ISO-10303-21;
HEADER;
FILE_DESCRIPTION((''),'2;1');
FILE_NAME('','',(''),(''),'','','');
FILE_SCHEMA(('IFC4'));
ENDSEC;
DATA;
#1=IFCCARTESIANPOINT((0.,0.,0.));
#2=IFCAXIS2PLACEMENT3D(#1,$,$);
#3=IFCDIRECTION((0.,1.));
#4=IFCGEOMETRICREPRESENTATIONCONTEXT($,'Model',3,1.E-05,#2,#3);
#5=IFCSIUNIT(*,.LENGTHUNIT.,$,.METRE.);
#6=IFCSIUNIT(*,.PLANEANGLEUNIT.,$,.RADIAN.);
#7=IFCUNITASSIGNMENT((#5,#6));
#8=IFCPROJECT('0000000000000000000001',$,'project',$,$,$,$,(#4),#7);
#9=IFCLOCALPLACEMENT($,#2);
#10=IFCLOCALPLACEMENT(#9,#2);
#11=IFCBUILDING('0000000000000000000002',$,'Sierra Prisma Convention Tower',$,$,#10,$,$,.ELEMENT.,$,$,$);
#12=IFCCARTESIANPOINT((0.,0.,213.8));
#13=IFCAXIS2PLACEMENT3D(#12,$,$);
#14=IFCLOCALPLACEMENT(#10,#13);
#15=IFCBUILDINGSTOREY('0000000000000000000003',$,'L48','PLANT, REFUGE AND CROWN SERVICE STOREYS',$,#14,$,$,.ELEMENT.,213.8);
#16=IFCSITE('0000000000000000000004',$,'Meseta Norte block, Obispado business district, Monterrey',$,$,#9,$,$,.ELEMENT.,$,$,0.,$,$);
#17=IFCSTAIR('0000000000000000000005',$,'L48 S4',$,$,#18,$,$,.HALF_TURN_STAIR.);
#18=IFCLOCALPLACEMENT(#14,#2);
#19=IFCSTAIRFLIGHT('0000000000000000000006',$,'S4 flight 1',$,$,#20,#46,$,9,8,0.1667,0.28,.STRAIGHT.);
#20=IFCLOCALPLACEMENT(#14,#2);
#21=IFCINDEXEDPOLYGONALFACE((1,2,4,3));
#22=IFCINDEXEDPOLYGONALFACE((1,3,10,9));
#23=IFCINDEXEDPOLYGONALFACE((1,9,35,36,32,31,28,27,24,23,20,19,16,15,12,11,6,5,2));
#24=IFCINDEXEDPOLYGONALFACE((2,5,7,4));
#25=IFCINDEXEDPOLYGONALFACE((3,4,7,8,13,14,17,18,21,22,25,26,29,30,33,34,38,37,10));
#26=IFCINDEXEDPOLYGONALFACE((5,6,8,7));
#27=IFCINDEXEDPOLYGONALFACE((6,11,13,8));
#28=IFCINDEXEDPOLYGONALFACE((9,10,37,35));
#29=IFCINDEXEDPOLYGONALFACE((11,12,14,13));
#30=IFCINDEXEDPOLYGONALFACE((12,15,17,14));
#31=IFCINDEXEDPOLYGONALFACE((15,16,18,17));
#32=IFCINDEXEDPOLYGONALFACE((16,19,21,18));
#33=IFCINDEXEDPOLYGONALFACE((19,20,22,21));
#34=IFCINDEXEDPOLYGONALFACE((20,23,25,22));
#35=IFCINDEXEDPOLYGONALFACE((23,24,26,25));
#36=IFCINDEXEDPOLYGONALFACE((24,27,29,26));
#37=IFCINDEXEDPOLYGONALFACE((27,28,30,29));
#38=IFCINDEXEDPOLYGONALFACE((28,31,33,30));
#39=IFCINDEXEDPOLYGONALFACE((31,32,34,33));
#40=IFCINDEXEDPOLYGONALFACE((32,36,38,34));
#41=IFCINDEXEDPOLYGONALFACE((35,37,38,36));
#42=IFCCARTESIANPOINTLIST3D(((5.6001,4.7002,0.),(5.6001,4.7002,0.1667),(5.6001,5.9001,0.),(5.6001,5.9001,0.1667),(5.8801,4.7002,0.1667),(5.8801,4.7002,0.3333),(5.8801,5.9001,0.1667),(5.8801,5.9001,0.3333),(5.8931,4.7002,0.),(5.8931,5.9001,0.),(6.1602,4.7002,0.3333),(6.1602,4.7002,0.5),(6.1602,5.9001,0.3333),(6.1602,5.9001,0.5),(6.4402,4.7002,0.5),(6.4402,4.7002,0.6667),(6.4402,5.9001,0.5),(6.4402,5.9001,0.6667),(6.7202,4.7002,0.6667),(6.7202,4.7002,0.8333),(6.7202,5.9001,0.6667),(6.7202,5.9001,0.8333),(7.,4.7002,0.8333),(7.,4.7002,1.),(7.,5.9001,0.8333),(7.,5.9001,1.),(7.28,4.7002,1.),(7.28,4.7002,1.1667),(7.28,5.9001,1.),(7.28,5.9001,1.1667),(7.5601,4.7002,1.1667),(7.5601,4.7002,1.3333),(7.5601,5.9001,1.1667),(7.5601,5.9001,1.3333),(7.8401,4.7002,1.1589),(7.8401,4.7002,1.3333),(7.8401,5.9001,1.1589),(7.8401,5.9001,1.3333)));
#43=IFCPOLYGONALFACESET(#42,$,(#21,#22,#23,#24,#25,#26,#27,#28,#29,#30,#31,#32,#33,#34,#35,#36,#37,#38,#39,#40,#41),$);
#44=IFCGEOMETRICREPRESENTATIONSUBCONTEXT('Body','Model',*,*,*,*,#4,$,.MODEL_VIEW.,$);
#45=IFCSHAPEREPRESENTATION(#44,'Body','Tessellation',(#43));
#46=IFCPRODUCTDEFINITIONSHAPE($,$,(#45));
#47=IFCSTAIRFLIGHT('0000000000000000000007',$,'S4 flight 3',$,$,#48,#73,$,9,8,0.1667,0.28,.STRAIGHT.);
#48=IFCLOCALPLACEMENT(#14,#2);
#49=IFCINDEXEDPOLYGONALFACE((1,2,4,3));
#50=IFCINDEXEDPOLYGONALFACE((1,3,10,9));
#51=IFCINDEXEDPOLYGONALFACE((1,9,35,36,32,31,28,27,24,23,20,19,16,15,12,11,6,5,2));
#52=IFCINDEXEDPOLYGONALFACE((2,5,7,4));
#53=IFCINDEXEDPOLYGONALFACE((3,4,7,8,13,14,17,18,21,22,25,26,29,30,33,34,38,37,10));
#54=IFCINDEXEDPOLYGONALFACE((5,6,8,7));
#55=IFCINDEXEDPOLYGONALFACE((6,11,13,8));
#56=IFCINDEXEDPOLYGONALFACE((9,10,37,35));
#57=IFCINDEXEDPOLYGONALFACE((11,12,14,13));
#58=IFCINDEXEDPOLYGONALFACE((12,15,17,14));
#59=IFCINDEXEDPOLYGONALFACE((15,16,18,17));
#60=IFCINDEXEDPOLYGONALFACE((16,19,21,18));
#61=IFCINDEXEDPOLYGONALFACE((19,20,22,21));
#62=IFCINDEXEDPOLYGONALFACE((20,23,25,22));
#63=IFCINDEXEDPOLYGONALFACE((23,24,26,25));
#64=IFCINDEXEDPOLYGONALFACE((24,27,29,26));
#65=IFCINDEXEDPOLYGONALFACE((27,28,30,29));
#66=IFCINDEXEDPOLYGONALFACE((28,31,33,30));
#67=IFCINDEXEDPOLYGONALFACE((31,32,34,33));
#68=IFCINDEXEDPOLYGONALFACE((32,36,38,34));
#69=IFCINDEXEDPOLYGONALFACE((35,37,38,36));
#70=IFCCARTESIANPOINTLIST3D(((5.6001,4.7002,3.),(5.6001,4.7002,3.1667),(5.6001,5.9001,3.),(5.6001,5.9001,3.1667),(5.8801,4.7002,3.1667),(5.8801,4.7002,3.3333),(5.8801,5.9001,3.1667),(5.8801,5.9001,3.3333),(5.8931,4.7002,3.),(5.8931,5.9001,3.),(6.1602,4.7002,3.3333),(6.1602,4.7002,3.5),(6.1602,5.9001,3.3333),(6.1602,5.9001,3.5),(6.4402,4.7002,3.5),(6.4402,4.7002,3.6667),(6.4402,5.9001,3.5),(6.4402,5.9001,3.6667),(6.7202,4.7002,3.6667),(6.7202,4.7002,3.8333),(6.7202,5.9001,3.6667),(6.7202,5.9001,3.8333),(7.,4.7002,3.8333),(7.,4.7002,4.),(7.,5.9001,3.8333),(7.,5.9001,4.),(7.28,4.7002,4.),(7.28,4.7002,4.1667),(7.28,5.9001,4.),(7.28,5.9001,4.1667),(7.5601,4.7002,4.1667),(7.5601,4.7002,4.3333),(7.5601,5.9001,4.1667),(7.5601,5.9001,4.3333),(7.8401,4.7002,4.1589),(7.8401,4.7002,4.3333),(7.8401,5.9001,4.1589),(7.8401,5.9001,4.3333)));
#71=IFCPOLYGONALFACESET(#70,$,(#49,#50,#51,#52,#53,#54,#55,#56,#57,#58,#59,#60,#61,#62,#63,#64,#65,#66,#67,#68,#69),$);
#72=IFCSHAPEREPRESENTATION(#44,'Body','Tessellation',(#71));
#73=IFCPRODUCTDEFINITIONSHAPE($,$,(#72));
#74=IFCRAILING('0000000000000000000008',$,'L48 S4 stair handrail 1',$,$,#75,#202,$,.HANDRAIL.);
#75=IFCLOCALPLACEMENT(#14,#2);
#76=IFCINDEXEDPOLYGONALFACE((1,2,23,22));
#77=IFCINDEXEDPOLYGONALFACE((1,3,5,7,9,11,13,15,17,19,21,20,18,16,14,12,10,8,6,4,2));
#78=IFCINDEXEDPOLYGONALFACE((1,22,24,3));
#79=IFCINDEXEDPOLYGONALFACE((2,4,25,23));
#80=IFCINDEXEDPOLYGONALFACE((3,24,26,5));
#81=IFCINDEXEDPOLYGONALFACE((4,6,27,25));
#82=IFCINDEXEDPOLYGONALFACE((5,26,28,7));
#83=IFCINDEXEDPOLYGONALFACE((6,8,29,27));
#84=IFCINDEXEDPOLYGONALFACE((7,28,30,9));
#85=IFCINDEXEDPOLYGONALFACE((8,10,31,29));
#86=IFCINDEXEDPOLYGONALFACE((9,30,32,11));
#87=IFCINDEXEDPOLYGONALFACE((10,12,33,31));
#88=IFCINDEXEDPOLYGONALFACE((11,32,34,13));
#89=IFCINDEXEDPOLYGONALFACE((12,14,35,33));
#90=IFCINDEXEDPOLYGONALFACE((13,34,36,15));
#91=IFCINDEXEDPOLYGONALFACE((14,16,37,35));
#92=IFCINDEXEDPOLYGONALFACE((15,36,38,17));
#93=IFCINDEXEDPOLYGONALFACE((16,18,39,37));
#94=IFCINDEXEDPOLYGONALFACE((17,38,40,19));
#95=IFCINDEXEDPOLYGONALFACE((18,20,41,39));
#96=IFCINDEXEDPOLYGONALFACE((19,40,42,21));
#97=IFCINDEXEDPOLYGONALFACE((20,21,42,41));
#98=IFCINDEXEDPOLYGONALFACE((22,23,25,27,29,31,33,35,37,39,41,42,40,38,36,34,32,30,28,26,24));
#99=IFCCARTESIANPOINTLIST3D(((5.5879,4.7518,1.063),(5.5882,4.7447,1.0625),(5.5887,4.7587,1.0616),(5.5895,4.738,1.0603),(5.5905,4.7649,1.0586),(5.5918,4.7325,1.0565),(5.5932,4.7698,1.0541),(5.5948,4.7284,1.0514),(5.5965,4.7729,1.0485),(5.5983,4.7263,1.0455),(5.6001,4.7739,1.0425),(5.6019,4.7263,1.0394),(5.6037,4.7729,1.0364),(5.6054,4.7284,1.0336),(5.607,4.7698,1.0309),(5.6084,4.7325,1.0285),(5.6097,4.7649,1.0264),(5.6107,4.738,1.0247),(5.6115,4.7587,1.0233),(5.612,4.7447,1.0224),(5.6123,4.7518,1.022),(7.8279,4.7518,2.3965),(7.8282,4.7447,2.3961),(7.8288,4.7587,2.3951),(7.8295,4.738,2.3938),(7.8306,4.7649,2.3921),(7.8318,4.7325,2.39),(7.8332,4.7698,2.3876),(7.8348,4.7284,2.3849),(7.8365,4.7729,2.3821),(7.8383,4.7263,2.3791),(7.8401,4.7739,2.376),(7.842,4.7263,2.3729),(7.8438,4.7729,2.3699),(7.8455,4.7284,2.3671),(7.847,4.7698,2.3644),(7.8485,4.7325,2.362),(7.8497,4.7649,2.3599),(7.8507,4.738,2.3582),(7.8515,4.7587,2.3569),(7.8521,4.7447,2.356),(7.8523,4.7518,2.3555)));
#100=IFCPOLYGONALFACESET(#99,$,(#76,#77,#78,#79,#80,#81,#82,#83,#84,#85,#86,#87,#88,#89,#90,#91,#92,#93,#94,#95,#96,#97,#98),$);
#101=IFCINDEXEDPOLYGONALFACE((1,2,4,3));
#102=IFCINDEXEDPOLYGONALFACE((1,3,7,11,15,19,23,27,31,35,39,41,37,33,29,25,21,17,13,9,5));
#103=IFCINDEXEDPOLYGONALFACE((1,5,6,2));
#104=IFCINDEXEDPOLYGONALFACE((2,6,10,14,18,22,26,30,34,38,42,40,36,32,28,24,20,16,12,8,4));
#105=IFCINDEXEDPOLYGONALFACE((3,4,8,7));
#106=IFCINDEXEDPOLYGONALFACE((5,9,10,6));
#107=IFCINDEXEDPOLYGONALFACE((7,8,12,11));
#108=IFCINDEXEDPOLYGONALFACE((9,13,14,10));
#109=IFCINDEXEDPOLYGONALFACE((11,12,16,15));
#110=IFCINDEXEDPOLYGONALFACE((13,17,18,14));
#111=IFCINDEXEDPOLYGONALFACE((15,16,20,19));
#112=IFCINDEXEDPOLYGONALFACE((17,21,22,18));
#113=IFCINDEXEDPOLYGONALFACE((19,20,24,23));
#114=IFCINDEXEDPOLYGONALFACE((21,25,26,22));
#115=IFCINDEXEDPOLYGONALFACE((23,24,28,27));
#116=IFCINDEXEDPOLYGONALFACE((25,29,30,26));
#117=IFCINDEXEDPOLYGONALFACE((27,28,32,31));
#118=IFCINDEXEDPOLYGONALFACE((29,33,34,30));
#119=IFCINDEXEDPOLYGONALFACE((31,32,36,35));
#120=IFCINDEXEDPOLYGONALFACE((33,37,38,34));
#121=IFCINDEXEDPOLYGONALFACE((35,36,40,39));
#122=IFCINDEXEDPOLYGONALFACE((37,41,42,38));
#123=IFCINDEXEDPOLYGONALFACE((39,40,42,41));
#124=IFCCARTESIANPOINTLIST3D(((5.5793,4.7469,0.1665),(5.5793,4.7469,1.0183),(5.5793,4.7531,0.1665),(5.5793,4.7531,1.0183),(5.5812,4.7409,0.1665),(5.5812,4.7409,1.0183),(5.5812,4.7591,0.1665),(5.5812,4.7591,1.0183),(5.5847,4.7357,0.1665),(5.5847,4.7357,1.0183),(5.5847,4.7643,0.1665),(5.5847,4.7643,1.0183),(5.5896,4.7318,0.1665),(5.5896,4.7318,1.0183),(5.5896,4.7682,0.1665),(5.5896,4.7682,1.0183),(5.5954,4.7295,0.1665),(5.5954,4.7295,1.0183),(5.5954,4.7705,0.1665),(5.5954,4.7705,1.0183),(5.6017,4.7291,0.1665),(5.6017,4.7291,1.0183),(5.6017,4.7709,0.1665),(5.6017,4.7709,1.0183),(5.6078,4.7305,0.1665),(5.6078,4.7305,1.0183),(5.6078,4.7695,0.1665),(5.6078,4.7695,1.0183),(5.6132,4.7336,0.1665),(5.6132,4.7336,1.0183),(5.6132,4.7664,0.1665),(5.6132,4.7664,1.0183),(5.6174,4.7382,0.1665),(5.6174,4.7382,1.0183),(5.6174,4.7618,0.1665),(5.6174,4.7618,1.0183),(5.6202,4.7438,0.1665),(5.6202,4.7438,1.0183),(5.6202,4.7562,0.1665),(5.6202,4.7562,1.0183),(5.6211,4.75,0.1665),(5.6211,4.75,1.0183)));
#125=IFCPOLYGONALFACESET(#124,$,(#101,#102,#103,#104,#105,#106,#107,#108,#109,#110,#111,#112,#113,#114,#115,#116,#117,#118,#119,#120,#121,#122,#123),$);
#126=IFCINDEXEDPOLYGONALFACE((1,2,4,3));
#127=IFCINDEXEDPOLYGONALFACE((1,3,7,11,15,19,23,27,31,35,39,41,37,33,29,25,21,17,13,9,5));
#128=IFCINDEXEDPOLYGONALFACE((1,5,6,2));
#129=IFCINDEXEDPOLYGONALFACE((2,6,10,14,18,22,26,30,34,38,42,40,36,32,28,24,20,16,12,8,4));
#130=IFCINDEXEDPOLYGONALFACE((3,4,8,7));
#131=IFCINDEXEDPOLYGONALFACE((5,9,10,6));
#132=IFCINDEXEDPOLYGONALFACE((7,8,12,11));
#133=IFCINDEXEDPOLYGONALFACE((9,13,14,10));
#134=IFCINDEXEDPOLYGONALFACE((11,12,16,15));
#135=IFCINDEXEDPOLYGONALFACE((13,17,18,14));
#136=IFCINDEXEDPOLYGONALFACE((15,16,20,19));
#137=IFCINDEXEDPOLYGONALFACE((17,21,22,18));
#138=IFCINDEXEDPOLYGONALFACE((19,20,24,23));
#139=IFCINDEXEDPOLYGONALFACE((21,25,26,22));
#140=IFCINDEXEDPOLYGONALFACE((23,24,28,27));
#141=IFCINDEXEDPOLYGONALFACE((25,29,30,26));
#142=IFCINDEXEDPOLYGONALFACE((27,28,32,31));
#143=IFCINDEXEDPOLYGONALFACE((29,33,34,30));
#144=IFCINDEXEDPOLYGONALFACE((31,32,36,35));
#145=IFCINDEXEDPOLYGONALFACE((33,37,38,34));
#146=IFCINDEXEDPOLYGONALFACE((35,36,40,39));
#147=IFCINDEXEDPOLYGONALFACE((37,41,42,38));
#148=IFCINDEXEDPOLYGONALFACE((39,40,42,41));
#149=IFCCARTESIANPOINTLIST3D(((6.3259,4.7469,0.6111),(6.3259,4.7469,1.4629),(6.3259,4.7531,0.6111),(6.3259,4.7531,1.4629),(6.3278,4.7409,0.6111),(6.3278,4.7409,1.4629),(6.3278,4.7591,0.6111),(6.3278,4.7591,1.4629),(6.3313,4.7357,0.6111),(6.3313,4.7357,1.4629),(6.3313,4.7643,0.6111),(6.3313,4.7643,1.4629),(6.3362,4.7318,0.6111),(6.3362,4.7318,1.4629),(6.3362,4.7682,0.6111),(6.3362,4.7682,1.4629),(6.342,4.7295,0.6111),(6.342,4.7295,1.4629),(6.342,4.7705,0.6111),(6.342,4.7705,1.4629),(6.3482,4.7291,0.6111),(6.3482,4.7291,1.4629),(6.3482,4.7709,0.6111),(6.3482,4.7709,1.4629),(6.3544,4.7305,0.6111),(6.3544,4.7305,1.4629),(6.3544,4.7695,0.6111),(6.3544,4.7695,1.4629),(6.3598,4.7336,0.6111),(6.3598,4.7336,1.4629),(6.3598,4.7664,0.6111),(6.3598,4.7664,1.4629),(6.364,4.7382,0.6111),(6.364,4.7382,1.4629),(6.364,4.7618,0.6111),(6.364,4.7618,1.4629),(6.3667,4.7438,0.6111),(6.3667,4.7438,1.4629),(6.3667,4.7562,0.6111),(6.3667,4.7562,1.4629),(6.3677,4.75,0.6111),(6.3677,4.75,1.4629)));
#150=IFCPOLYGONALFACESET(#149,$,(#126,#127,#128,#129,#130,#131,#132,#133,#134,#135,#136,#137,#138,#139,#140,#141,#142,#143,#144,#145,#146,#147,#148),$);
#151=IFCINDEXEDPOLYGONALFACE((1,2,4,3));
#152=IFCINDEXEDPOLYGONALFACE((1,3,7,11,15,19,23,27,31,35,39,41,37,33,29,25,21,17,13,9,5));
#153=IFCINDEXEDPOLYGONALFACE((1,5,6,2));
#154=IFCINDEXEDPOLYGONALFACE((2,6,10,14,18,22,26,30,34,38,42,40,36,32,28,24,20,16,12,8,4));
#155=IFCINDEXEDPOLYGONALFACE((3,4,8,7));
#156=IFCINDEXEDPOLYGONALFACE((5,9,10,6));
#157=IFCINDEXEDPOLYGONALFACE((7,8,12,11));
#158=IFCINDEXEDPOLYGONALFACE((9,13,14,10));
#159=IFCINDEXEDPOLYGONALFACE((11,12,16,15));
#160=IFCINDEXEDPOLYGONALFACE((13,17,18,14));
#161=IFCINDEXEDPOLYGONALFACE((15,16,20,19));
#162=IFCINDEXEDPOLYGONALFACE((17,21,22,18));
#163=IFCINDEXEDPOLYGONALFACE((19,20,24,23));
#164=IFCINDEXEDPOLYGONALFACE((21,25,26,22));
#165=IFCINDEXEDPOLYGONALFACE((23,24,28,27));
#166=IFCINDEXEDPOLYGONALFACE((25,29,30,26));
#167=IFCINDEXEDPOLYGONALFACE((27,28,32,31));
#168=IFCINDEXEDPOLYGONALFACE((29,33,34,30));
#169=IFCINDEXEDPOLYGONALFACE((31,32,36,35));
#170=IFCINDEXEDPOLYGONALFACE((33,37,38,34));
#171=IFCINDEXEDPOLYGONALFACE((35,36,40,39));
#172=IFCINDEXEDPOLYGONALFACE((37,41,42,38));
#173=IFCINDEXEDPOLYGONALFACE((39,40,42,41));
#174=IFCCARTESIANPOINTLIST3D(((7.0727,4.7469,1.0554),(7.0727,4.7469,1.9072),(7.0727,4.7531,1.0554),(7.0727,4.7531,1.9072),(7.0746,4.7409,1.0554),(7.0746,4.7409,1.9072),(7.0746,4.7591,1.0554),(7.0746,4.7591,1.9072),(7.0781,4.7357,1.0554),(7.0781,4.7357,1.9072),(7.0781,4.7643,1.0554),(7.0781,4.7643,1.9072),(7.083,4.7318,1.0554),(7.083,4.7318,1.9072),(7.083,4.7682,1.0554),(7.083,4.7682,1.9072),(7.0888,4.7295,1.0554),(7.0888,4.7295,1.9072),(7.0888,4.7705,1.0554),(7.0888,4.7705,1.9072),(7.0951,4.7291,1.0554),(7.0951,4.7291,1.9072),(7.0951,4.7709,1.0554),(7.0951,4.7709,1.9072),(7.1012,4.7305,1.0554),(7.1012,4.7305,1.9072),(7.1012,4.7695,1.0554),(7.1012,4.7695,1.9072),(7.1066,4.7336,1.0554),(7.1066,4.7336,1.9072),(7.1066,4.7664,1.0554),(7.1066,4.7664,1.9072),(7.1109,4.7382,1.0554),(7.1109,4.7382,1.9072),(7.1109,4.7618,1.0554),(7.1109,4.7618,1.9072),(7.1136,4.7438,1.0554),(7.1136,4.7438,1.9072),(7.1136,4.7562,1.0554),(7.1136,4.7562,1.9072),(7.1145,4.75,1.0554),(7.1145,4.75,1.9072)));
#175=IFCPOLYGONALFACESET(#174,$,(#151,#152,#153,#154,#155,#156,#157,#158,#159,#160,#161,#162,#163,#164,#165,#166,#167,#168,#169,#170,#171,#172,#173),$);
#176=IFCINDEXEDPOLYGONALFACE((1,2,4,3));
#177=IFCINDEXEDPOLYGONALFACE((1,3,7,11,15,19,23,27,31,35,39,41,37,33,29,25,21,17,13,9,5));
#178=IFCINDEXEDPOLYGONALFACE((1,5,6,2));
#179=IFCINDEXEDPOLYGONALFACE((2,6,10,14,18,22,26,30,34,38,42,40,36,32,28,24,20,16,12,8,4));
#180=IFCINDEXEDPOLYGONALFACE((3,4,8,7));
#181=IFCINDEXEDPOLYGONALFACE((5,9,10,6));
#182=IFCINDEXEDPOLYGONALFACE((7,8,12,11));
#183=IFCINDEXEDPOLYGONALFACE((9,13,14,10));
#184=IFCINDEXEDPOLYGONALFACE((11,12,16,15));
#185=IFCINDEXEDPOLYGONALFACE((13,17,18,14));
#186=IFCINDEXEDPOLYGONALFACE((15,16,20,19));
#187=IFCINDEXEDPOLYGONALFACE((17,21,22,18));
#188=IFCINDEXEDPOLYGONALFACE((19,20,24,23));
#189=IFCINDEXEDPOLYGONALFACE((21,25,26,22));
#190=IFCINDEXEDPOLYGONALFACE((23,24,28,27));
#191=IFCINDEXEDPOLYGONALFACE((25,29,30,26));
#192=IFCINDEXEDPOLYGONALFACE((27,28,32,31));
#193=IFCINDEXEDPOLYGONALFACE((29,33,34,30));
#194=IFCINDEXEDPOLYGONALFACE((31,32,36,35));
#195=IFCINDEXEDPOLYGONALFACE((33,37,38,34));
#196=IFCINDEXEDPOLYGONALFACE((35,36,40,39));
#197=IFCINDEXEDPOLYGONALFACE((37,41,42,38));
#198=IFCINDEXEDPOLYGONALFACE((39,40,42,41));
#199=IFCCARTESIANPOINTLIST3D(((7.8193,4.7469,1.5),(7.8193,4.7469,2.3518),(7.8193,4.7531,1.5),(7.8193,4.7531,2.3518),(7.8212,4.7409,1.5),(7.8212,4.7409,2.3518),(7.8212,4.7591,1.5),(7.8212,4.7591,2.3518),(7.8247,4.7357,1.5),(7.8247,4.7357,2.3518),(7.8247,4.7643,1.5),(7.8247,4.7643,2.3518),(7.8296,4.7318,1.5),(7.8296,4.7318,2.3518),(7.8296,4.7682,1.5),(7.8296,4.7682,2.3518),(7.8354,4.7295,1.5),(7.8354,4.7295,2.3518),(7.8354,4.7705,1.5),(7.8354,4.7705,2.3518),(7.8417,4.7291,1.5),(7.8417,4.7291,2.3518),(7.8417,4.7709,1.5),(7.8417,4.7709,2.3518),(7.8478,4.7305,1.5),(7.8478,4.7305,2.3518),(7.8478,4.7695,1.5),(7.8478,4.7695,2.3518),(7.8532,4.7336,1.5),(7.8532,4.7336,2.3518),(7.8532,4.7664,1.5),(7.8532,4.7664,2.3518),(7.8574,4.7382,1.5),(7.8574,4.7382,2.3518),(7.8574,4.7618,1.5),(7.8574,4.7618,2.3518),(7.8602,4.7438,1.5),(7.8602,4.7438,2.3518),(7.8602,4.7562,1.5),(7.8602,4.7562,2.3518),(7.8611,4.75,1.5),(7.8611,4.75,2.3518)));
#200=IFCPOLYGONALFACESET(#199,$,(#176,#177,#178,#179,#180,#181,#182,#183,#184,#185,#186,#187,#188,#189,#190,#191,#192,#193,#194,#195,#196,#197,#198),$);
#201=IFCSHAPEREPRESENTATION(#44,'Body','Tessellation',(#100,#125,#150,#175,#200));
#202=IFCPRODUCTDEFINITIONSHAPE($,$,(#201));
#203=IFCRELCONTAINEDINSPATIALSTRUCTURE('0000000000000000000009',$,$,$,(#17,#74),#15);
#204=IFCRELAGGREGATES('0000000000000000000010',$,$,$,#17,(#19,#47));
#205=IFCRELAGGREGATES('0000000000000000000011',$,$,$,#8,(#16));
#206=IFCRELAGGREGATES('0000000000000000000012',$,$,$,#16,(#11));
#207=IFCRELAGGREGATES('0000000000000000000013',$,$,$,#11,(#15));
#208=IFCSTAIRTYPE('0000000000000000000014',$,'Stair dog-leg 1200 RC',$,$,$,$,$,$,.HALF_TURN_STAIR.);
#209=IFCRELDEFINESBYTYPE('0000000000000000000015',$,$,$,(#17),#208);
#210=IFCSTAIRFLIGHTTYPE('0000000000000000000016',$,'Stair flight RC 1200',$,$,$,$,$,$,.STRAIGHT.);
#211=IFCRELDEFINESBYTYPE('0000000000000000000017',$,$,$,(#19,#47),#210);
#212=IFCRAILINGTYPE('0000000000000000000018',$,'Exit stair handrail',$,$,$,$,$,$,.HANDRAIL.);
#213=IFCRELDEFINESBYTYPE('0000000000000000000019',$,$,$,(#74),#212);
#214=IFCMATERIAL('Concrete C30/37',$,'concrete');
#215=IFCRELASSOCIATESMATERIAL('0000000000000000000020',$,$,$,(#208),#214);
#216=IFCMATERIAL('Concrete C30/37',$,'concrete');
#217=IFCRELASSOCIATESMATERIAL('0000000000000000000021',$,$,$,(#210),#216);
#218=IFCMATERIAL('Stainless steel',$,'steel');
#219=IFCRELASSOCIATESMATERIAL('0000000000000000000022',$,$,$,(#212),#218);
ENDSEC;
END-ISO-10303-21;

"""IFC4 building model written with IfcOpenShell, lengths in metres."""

from ifc_helpers import new_model, si_unit, direction, frame, origin, origin_2d, place, context, subcontext, project, spatial, polyline, circle, outline, extrude, material, type_object, element, aggregate, save


model = new_model("IFC4")

# Units and contexts
model_context = context("Model", 3, precision=1e-05, world=origin(), true_north=direction((0.0, 1.0)))
body_context = subcontext(model_context, "Body", "Model", "MODEL_VIEW")
ifc_project = project(units=[si_unit("LENGTHUNIT", "METRE"), si_unit("PLANEANGLEUNIT", "RADIAN")], contexts=[model_context])

# Site, building, storey
site_placement = place(None, origin())
site = spatial("IfcSite", under=ifc_project, at=site_placement, Name="Meseta Norte block, Obispado business district, Monterrey", CompositionType="ELEMENT", RefElevation=0.0)
building_placement = place(site_placement, origin())
building = spatial("IfcBuilding", under=site, at=building_placement, Name="Sierra Prisma Convention Tower", CompositionType="ELEMENT")
storey_placement = place(building_placement, frame((0.0, 0.0, 213.8)))
storey = spatial("IfcBuildingStorey", under=building, at=storey_placement, Name="L48", Description="PLANT, REFUGE AND CROWN SERVICE STOREYS", CompositionType="ELEMENT", Elevation=213.8)

# Shared definitions
ifc_material_1 = material(Name="Concrete C30/37", Category="concrete")
stair_type = type_object("IfcStairType", Name="Stair dog-leg 1200 RC", PredefinedType="HALF_TURN_STAIR", material=ifc_material_1)

# Stair
stair_1_placement = place(storey_placement, origin())
stair_1 = element("IfcStair", 1, at=stair_1_placement, inside=storey, type_object=stair_type, Name="L48 S4", PredefinedType="HALF_TURN_STAIR")

# Stair flights
ifc_material_2 = material(Name="Concrete C30/37", Category="concrete")
stair_flight_type = type_object("IfcStairFlightType", Name="Stair flight RC 1200", PredefinedType="STRAIGHT", material=ifc_material_2)
stair_flight_1_placement = place(storey_placement, frame((5.6001, 5.3, 0.0), z_axis=(0.0, 0.0, 1.0), x_axis=(1.0, 0.0, 0.0)))
stair_flight_1 = element("IfcStairFlight", 2, at=stair_flight_1_placement, type_object=stair_flight_type, Name="S4 flight 1", NumberOfRisers=9, NumberOfTreads=8, PredefinedType="STRAIGHT", RiserHeight=0.1667, TreadLength=0.28, context=body_context, shape_type="SweptSolid", body=[
    extrude(outline(polyline([(0.0, 0.0), (0.0, 0.1667), (0.28, 0.1667), (0.28, 0.3333), (0.5601, 0.3333), (0.5601, 0.5), (0.8401, 0.5), (0.8401, 0.6667), (1.1201, 0.6667), (1.1201, 0.8333), (1.3999, 0.8333), (1.3999, 1.0), (1.6799, 1.0), (1.6799, 1.1667), (1.96, 1.1667), (1.96, 1.3333), (2.24, 1.3333), (2.24, 1.5), (2.24, 1.1589), (0.293, 0.0), (0.0, 0.0)])), frame((0.0, 0.6001, 0.0), z_axis=(0.0, -1.0, 0.0), x_axis=(1.0, 0.0, 0.0)), (0.0, 0.0, 1.0), 1.2),
])
stair_flight_2_placement = place(storey_placement, frame((5.6001, 5.3, 3.0), z_axis=(0.0, 0.0, 1.0), x_axis=(1.0, 0.0, 0.0)))
stair_flight_2 = element("IfcStairFlight", 3, at=stair_flight_2_placement, type_object=stair_flight_type, Name="S4 flight 3", NumberOfRisers=9, NumberOfTreads=8, PredefinedType="STRAIGHT", RiserHeight=0.1667, TreadLength=0.28, context=body_context, shape_type="SweptSolid", body=[
    extrude(outline(polyline([(0.0, 0.0), (0.0, 0.1667), (0.28, 0.1667), (0.28, 0.3333), (0.5601, 0.3333), (0.5601, 0.5), (0.8401, 0.5), (0.8401, 0.6667), (1.1201, 0.6667), (1.1201, 0.8333), (1.3999, 0.8333), (1.3999, 1.0), (1.6799, 1.0), (1.6799, 1.1667), (1.96, 1.1667), (1.96, 1.3333), (2.24, 1.3333), (2.24, 1.5), (2.24, 1.1589), (0.293, 0.0), (0.0, 0.0)])), frame((0.0, 0.6001, 0.0), z_axis=(0.0, -1.0, 0.0), x_axis=(1.0, 0.0, 0.0)), (0.0, 0.0, 1.0), 1.2),
])
aggregate(stair_1, [stair_flight_1, stair_flight_2])

# Railing
ifc_material_3 = material(Name="Stainless steel", Category="steel")
railing_type_1 = type_object("IfcRailingType", Name="Exit stair handrail", PredefinedType="HANDRAIL", material=ifc_material_3)
for number, where, name in (
    (4, (5.6001, 4.75, 0.1665), "L48 S4 stair handrail 1"),
):
    element("IfcRailing", number, at=place(storey_placement, frame(where)), inside=storey, type_object=railing_type_1, Name=name, PredefinedType="HANDRAIL", context=body_context, shape_type="SweptSolid", body=[
        extrude(circle(Radius=0.0239, at=origin_2d()), frame((0.0, 0.0, 0.876), z_axis=(0.859264, 0.0, 0.511532), x_axis=(0.0, 1.0, 0.0)), (0.0, 0.0, 1.0), 2.6069),
        extrude(circle(Radius=0.021, at=origin_2d()), origin(), (0.0, 0.0, 1.0), 0.8518),
        extrude(circle(Radius=0.021, at=origin_2d()), frame((0.7466, 0.0, 0.4446)), (0.0, 0.0, 1.0), 0.8518),
        extrude(circle(Radius=0.021, at=origin_2d()), frame((1.4934, 0.0, 0.8889)), (0.0, 0.0, 1.0), 0.8518),
        extrude(circle(Radius=0.021, at=origin_2d()), frame((2.24, 0.0, 1.3335)), (0.0, 0.0, 1.0), 0.8518),
    ])

save(model, "model.ifc")
